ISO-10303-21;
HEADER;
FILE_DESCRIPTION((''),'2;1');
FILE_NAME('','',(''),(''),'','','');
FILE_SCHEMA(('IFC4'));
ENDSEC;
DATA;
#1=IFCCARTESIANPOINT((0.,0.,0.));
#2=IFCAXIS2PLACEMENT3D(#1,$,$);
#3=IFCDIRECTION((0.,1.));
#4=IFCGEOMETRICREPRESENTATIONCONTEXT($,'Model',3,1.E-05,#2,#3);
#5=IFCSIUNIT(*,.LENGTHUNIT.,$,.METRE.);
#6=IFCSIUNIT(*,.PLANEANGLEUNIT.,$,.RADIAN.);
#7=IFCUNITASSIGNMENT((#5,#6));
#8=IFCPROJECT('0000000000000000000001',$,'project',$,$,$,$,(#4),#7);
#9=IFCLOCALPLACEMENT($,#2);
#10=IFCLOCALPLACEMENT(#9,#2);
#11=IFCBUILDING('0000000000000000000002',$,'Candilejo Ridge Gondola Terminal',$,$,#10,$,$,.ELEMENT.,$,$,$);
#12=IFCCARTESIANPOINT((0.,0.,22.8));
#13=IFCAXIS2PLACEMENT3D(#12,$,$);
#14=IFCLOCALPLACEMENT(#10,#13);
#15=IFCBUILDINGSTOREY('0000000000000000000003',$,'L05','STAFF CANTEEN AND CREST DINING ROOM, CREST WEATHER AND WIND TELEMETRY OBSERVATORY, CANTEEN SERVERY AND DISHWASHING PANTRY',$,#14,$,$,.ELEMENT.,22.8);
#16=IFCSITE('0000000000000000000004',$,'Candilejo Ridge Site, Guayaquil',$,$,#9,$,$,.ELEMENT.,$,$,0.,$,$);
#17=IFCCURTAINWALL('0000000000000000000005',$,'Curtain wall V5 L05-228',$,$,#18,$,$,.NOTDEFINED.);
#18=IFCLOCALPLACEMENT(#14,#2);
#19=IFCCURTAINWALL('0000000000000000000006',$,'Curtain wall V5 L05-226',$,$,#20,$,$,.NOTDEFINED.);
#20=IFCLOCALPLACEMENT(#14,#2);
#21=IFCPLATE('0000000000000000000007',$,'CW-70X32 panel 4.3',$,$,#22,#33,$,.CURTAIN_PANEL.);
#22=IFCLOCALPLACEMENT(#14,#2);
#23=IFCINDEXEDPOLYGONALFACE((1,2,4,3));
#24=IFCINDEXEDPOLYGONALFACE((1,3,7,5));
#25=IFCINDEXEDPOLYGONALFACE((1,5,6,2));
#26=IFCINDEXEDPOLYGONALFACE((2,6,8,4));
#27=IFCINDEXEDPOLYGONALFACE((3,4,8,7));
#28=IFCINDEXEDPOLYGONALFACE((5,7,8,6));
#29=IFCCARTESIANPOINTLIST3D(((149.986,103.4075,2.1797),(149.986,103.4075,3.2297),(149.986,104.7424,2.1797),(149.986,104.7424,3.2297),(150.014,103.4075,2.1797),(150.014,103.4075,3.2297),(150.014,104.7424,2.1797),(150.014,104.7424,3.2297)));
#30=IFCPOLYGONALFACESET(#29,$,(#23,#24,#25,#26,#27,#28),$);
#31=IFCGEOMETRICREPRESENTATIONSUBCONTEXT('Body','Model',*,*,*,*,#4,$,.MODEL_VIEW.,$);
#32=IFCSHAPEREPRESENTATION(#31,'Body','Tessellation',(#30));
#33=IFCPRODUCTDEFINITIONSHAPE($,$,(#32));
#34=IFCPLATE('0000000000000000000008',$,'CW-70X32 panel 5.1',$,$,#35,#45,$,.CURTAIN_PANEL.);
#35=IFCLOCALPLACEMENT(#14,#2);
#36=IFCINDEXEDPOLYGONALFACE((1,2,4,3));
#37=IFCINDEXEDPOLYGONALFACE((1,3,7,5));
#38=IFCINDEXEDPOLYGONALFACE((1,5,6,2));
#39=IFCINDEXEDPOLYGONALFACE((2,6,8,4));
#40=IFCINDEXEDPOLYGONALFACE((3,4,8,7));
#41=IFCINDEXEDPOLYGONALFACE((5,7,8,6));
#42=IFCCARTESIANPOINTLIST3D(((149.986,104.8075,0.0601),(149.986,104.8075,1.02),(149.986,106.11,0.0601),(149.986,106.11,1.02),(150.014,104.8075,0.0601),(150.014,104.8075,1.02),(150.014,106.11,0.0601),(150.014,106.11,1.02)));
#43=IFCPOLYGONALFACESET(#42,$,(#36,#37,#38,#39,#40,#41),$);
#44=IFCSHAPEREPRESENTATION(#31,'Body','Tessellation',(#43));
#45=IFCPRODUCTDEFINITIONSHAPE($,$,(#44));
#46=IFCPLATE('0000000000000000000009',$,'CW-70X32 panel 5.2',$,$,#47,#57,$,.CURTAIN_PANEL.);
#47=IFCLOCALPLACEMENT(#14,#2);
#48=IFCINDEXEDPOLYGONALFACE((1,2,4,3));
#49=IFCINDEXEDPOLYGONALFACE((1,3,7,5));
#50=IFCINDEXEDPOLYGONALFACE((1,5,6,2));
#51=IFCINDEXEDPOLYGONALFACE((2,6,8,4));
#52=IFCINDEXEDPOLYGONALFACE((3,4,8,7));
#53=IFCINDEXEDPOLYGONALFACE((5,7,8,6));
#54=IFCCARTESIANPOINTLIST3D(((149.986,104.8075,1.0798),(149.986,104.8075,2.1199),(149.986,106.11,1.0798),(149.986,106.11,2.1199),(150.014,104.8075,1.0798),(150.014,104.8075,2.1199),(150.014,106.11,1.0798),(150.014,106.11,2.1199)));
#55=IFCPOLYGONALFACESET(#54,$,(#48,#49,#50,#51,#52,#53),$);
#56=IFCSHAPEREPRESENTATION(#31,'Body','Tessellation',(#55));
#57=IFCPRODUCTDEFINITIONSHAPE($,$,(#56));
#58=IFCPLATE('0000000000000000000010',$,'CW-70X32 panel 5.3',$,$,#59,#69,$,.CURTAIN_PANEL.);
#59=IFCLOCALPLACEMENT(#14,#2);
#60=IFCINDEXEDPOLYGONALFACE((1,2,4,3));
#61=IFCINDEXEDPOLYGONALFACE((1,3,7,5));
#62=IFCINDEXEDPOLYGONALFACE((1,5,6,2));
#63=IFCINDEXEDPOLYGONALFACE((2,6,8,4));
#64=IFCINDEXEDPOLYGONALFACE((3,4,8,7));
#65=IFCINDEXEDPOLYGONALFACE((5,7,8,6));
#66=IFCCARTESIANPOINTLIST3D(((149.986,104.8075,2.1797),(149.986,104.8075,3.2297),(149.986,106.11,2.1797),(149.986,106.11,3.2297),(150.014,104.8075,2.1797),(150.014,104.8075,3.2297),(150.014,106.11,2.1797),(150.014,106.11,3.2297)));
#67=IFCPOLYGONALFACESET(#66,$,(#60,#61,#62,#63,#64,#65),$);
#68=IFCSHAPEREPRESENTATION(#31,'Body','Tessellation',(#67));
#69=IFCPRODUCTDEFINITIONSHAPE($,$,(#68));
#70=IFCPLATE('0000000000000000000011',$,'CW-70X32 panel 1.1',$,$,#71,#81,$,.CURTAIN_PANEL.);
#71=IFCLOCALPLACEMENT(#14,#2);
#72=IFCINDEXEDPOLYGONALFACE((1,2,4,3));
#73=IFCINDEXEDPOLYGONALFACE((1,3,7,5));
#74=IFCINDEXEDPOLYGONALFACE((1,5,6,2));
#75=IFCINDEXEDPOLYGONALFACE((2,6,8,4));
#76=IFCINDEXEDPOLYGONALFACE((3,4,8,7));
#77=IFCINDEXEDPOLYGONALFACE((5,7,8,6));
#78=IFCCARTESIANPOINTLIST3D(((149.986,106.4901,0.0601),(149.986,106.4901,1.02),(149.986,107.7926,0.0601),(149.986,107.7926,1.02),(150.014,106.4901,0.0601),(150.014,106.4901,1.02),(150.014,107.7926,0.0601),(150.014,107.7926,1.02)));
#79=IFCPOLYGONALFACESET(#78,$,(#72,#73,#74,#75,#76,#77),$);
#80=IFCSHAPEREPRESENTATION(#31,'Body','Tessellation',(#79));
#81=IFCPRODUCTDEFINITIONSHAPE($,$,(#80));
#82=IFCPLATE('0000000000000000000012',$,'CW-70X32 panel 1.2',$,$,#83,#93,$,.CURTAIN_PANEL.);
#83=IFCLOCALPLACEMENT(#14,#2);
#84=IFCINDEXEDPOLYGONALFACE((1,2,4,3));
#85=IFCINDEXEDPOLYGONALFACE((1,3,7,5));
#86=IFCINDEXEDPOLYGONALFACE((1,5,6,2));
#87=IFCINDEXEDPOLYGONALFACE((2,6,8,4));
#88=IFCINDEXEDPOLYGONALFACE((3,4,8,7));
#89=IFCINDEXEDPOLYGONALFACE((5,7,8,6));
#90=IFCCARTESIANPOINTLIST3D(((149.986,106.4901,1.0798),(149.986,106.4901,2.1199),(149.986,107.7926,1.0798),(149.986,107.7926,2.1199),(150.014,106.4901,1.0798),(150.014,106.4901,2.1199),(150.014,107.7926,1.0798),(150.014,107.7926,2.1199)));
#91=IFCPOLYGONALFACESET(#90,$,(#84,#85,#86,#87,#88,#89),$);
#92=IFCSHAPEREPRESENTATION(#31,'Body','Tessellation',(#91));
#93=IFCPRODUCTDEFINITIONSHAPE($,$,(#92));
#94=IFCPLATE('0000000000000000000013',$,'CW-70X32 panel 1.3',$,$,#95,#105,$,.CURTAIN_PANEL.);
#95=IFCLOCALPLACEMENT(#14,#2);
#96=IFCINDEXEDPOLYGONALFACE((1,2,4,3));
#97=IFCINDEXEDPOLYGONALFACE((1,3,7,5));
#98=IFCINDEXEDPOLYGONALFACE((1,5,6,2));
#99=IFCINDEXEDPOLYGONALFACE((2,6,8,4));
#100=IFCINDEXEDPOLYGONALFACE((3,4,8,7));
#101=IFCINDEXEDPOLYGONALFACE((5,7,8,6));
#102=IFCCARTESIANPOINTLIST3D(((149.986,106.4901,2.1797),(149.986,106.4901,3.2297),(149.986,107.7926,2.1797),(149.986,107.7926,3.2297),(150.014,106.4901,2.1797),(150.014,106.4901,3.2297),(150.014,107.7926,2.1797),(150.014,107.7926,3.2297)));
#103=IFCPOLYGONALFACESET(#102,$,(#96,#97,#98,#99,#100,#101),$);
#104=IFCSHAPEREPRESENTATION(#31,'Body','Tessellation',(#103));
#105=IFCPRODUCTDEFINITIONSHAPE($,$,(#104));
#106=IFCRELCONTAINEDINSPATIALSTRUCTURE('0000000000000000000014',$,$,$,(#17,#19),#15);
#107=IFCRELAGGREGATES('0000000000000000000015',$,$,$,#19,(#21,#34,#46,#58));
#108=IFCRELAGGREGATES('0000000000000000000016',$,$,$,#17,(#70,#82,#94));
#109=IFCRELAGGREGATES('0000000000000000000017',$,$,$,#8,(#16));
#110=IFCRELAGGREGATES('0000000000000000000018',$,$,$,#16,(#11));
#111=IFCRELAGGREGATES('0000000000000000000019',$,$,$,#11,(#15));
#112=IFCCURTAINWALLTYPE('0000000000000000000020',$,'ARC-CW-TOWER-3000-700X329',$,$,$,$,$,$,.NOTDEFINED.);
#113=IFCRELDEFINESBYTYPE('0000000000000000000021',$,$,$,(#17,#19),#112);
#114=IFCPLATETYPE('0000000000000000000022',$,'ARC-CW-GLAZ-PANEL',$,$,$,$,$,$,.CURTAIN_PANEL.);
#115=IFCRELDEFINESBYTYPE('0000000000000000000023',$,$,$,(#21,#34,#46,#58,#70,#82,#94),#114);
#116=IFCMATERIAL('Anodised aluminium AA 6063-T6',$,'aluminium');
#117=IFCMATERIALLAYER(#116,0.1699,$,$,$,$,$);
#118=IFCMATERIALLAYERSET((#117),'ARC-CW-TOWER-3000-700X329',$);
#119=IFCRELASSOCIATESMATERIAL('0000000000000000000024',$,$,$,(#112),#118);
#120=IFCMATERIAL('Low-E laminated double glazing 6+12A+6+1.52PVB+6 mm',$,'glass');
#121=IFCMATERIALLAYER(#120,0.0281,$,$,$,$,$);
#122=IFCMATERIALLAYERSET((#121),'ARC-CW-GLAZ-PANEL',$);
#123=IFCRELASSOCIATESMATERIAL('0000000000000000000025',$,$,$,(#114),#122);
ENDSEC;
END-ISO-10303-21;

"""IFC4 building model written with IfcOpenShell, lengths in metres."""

from ifc_helpers import new_model, si_unit, direction, frame, origin, origin_2d, place, context, subcontext, project, spatial, rectangle, extrude, material, layer, layer_set, type_object, element, aggregate, save


model = new_model("IFC4")

# Units and contexts
model_context = context("Model", 3, precision=1e-05, world=origin(), true_north=direction((0.0, 1.0)))
body_context = subcontext(model_context, "Body", "Model", "MODEL_VIEW")
ifc_project = project(units=[si_unit("LENGTHUNIT", "METRE"), si_unit("PLANEANGLEUNIT", "RADIAN")], contexts=[model_context])

# Site, building, storey
site_placement = place(None, origin())
site = spatial("IfcSite", under=ifc_project, at=site_placement, Name="Candilejo Ridge Site, Guayaquil", CompositionType="ELEMENT", RefElevation=0.0)
building_placement = place(site_placement, origin())
building = spatial("IfcBuilding", under=site, at=building_placement, Name="Candilejo Ridge Gondola Terminal", CompositionType="ELEMENT")
storey_placement = place(building_placement, frame((0.0, 0.0, 22.8)))
storey = spatial("IfcBuildingStorey", under=building, at=storey_placement, Name="L05", Description="STAFF CANTEEN AND CREST DINING ROOM, CREST WEATHER AND WIND TELEMETRY OBSERVATORY, CANTEEN SERVERY AND DISHWASHING PANTRY", CompositionType="ELEMENT", Elevation=22.8)

# Curtain walls
ifc_material_1 = material(Name="Anodised aluminium AA 6063-T6", Category="aluminium")
ifc_layer_1 = layer(ifc_material_1, 0.1699)
ifc_layer_set_1 = layer_set([ifc_layer_1], Name="ARC-CW-TOWER-3000-700X329")
curtain_wall_type = type_object("IfcCurtainWallType", Name="ARC-CW-TOWER-3000-700X329", PredefinedType="NOTDEFINED", material=ifc_layer_set_1)
curtain_wall_1_placement = place(storey_placement, origin())
curtain_wall_1 = element("IfcCurtainWall", 1, at=curtain_wall_1_placement, inside=storey, type_object=curtain_wall_type, Name="Curtain wall V5 L05-228", PredefinedType="NOTDEFINED")
curtain_wall_2_placement = place(storey_placement, origin())
curtain_wall_2 = element("IfcCurtainWall", 2, at=curtain_wall_2_placement, inside=storey, type_object=curtain_wall_type, Name="Curtain wall V5 L05-226", PredefinedType="NOTDEFINED")

# Plates
ifc_material_2 = material(Name="Low-E laminated double glazing 6+12A+6+1.52PVB+6 mm", Category="glass")
ifc_layer_2 = layer(ifc_material_2, 0.0281)
ifc_layer_set_2 = layer_set([ifc_layer_2], Name="ARC-CW-GLAZ-PANEL")
plate_type = type_object("IfcPlateType", Name="ARC-CW-GLAZ-PANEL", PredefinedType="CURTAIN_PANEL", material=ifc_layer_set_2)
plate_1_placement = place(storey_placement, frame((150.0, 104.075, 2.1797), z_axis=(0.0, 0.0, 1.0), x_axis=(0.0, 1.0, 0.0)))
plate_1 = element("IfcPlate", 3, at=plate_1_placement, type_object=plate_type, Name="CW-70X32 panel 4.3", PredefinedType="CURTAIN_PANEL", context=body_context, shape_type="SweptSolid", body=[
    extrude(rectangle(XDim=1.335, YDim=0.0281, at=origin_2d()), origin(), (0.0, 0.0, 1.0), 1.05),
])
plate_2_placement = place(storey_placement, frame((150.0, 105.4587, 0.0601), z_axis=(0.0, 0.0, 1.0), x_axis=(0.0, 1.0, 0.0)))
plate_2 = element("IfcPlate", 4, at=plate_2_placement, type_object=plate_type, Name="CW-70X32 panel 5.1", PredefinedType="CURTAIN_PANEL", context=body_context, shape_type="SweptSolid", body=[
    extrude(rectangle(XDim=1.3025, YDim=0.0281, at=origin_2d()), origin(), (0.0, 0.0, 1.0), 0.96),
])
plate_3_placement = place(storey_placement, frame((150.0, 105.4587, 1.0798), z_axis=(0.0, 0.0, 1.0), x_axis=(0.0, 1.0, 0.0)))
plate_3 = element("IfcPlate", 5, at=plate_3_placement, type_object=plate_type, Name="CW-70X32 panel 5.2", PredefinedType="CURTAIN_PANEL", context=body_context, shape_type="SweptSolid", body=[
    extrude(rectangle(XDim=1.3025, YDim=0.0281, at=origin_2d()), origin(), (0.0, 0.0, 1.0), 1.04),
])
plate_4_placement = place(storey_placement, frame((150.0, 105.4587, 2.1797), z_axis=(0.0, 0.0, 1.0), x_axis=(0.0, 1.0, 0.0)))
plate_4 = element("IfcPlate", 6, at=plate_4_placement, type_object=plate_type, Name="CW-70X32 panel 5.3", PredefinedType="CURTAIN_PANEL", context=body_context, shape_type="SweptSolid", body=[
    extrude(rectangle(XDim=1.3025, YDim=0.0281, at=origin_2d()), origin(), (0.0, 0.0, 1.0), 1.05),
])
aggregate(curtain_wall_2, [plate_1, plate_2, plate_3, plate_4])
plate_5_placement = place(storey_placement, frame((150.0, 107.1414, 0.0601), z_axis=(0.0, 0.0, 1.0), x_axis=(0.0, 1.0, 0.0)))
plate_5 = element("IfcPlate", 7, at=plate_5_placement, type_object=plate_type, Name="CW-70X32 panel 1.1", PredefinedType="CURTAIN_PANEL", context=body_context, shape_type="SweptSolid", body=[
    extrude(rectangle(XDim=1.3025, YDim=0.0281, at=origin_2d()), origin(), (0.0, 0.0, 1.0), 0.96),
])
plate_6_placement = place(storey_placement, frame((150.0, 107.1414, 1.0798), z_axis=(0.0, 0.0, 1.0), x_axis=(0.0, 1.0, 0.0)))
plate_6 = element("IfcPlate", 8, at=plate_6_placement, type_object=plate_type, Name="CW-70X32 panel 1.2", PredefinedType="CURTAIN_PANEL", context=body_context, shape_type="SweptSolid", body=[
    extrude(rectangle(XDim=1.3025, YDim=0.0281, at=origin_2d()), origin(), (0.0, 0.0, 1.0), 1.04),
])
plate_7_placement = place(storey_placement, frame((150.0, 107.1414, 2.1797), z_axis=(0.0, 0.0, 1.0), x_axis=(0.0, 1.0, 0.0)))
plate_7 = element("IfcPlate", 9, at=plate_7_placement, type_object=plate_type, Name="CW-70X32 panel 1.3", PredefinedType="CURTAIN_PANEL", context=body_context, shape_type="SweptSolid", body=[
    extrude(rectangle(XDim=1.3025, YDim=0.0281, at=origin_2d()), origin(), (0.0, 0.0, 1.0), 1.05),
])
aggregate(curtain_wall_1, [plate_5, plate_6, plate_7])

save(model, "model.ifc")
